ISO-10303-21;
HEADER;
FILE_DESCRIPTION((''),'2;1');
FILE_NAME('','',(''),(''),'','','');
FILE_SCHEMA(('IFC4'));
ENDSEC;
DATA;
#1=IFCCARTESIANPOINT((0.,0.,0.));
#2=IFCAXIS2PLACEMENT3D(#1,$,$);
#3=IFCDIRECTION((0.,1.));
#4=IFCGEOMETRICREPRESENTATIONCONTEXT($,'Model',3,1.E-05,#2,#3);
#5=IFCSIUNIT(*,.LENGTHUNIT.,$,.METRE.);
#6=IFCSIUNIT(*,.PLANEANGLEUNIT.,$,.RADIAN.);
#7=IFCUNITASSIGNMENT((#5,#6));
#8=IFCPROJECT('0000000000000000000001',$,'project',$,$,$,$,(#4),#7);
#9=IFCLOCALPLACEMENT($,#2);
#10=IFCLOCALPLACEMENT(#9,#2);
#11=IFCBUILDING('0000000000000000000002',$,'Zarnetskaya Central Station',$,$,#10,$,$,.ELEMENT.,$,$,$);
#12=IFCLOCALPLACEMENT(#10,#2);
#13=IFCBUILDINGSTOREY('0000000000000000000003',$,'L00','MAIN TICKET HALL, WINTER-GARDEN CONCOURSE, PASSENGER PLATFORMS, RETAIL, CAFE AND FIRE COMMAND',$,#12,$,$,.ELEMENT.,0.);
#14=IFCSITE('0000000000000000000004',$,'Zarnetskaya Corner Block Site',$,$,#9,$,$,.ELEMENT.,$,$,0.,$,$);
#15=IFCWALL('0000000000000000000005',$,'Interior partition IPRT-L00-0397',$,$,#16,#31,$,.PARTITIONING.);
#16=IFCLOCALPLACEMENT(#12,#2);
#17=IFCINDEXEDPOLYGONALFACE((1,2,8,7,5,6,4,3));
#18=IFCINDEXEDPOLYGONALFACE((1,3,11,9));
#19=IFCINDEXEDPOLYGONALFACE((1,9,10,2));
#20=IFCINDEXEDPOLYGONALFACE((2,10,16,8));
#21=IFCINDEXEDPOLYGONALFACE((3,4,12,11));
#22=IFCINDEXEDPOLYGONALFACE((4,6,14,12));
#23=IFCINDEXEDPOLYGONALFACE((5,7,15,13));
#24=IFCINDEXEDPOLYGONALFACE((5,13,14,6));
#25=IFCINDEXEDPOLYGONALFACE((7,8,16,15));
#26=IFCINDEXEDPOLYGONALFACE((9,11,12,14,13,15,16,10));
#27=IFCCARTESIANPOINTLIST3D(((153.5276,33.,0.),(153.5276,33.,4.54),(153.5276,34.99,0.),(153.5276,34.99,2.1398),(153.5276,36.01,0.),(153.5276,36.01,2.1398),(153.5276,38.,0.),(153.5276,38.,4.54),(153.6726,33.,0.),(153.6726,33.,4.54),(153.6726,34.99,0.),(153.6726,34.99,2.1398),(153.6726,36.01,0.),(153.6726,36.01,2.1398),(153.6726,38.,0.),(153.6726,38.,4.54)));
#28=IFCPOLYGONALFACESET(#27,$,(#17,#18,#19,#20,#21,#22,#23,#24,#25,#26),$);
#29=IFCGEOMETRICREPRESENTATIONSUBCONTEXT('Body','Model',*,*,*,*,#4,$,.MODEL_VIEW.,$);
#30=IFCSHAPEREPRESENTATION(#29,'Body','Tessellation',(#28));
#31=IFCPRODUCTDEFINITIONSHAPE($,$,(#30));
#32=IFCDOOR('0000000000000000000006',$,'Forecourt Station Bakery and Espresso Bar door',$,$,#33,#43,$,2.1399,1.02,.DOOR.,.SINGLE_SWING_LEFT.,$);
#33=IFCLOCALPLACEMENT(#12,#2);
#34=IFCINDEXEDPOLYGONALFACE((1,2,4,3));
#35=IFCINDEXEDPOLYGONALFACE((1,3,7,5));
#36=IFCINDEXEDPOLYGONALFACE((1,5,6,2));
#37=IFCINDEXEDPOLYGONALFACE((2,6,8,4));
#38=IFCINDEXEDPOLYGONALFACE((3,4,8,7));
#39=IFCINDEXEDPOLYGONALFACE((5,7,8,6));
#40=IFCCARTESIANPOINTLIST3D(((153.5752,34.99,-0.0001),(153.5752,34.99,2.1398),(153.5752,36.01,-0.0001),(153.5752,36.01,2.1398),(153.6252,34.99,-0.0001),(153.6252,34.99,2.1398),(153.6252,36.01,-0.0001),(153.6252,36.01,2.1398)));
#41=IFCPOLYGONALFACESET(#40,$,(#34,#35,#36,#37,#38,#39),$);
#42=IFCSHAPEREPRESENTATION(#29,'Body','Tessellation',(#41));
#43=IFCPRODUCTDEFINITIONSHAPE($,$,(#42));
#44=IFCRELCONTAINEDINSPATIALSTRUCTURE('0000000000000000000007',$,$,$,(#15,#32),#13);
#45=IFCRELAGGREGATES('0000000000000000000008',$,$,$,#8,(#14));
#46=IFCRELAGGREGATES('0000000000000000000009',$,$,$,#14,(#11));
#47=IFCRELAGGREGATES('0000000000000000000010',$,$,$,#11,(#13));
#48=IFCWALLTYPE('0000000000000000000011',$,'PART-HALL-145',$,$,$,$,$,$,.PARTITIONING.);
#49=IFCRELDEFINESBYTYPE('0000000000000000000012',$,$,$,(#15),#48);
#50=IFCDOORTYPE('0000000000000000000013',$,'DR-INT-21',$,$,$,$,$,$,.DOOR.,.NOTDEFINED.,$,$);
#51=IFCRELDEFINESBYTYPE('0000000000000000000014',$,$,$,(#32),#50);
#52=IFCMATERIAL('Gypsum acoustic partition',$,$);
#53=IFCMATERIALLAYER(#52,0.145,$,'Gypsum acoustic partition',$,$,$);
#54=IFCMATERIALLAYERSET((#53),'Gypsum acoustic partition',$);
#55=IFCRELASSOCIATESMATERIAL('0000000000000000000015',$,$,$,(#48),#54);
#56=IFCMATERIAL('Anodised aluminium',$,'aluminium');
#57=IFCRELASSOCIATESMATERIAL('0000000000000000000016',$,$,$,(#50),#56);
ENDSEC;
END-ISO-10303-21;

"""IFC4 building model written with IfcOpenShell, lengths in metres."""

from ifc_helpers import new_model, si_unit, direction, frame, frame_2d, origin, place, context, subcontext, project, spatial, rectangle, extrude, material, layer, layer_set, type_object, element, fill, save


model = new_model("IFC4")

# Units and contexts
model_context = context("Model", 3, precision=1e-05, world=origin(), true_north=direction((0.0, 1.0)))
body_context = subcontext(model_context, "Body", "Model", "MODEL_VIEW")
ifc_project = project(units=[si_unit("LENGTHUNIT", "METRE"), si_unit("PLANEANGLEUNIT", "RADIAN")], contexts=[model_context])

# Site, building, storey
site_placement = place(None, origin())
site = spatial("IfcSite", under=ifc_project, at=site_placement, Name="Zarnetskaya Corner Block Site", CompositionType="ELEMENT", RefElevation=0.0)
building_placement = place(site_placement, origin())
building = spatial("IfcBuilding", under=site, at=building_placement, Name="Zarnetskaya Central Station", CompositionType="ELEMENT")
storey_placement = place(building_placement, origin())
storey = spatial("IfcBuildingStorey", under=building, at=storey_placement, Name="L00", Description="MAIN TICKET HALL, WINTER-GARDEN CONCOURSE, PASSENGER PLATFORMS, RETAIL, CAFE AND FIRE COMMAND", CompositionType="ELEMENT", Elevation=0.0)

# Shared definitions
ifc_material_1 = material(Name="Anodised aluminium", Category="aluminium")

# Wall, opening, door
ifc_material_2 = material(Name="Gypsum acoustic partition")
ifc_layer_1 = layer(ifc_material_2, 0.145, Name="Gypsum acoustic partition")
ifc_layer_set_1 = layer_set([ifc_layer_1], Name="Gypsum acoustic partition")
wall_type_1 = type_object("IfcWallType", Name="PART-HALL-145", PredefinedType="PARTITIONING", material=ifc_layer_set_1)
wall_1_placement = place(storey_placement, frame((153.6001, 33.0, 0.0), z_axis=(0.0, 0.0, 1.0), x_axis=(0.0, 1.0, 0.0)))
wall_1 = element("IfcWall", 1, at=wall_1_placement, inside=storey, type_object=wall_type_1, Name="Interior partition IPRT-L00-0397", PredefinedType="PARTITIONING", context=body_context, shape_type="SweptSolid", body=[
    extrude(rectangle(XDim=5.0, YDim=0.145, at=frame_2d((2.5, 0.0))), origin(), (0.0, 0.0, 1.0), 4.54),
])
opening_1_placement = place(wall_1_placement, frame((1.99, 0.0, 0.0)))
opening_1 = element("IfcOpeningElement", 2, at=opening_1_placement, cuts=wall_1, PredefinedType="OPENING", context=body_context, shape_type="SweptSolid", body=[
    extrude(rectangle(XDim=1.02, YDim=2.1399, at=frame_2d((0.51, 1.0698))), frame((0.0, 0.0825, 0.0), z_axis=(0.0, -1.0, 0.0), x_axis=(1.0, 0.0, 0.0)), (0.0, 0.0, 1.0), 0.165),
])
door_type_1 = type_object("IfcDoorType", Name="DR-INT-21", OperationType="NOTDEFINED", PredefinedType="DOOR", material=ifc_material_1)
door_1_placement = place(opening_1_placement, origin())
door_1 = element("IfcDoor", 3, at=door_1_placement, inside=storey, type_object=door_type_1, Name="Forecourt Station Bakery and Espresso Bar door", OperationType="SINGLE_SWING_LEFT", OverallHeight=2.1399, OverallWidth=1.02, PredefinedType="DOOR", context=body_context, shape_type="SweptSolid", body=[
    extrude(rectangle(XDim=1.02, YDim=2.1399, at=frame_2d((0.51, 1.0698))), frame((0.0, 0.0249, 0.0), z_axis=(0.0, -1.0, 0.0), x_axis=(1.0, 0.0, 0.0)), (0.0, 0.0, 1.0), 0.05),
])
fill(opening_1, door_1)

save(model, "model.ifc")
